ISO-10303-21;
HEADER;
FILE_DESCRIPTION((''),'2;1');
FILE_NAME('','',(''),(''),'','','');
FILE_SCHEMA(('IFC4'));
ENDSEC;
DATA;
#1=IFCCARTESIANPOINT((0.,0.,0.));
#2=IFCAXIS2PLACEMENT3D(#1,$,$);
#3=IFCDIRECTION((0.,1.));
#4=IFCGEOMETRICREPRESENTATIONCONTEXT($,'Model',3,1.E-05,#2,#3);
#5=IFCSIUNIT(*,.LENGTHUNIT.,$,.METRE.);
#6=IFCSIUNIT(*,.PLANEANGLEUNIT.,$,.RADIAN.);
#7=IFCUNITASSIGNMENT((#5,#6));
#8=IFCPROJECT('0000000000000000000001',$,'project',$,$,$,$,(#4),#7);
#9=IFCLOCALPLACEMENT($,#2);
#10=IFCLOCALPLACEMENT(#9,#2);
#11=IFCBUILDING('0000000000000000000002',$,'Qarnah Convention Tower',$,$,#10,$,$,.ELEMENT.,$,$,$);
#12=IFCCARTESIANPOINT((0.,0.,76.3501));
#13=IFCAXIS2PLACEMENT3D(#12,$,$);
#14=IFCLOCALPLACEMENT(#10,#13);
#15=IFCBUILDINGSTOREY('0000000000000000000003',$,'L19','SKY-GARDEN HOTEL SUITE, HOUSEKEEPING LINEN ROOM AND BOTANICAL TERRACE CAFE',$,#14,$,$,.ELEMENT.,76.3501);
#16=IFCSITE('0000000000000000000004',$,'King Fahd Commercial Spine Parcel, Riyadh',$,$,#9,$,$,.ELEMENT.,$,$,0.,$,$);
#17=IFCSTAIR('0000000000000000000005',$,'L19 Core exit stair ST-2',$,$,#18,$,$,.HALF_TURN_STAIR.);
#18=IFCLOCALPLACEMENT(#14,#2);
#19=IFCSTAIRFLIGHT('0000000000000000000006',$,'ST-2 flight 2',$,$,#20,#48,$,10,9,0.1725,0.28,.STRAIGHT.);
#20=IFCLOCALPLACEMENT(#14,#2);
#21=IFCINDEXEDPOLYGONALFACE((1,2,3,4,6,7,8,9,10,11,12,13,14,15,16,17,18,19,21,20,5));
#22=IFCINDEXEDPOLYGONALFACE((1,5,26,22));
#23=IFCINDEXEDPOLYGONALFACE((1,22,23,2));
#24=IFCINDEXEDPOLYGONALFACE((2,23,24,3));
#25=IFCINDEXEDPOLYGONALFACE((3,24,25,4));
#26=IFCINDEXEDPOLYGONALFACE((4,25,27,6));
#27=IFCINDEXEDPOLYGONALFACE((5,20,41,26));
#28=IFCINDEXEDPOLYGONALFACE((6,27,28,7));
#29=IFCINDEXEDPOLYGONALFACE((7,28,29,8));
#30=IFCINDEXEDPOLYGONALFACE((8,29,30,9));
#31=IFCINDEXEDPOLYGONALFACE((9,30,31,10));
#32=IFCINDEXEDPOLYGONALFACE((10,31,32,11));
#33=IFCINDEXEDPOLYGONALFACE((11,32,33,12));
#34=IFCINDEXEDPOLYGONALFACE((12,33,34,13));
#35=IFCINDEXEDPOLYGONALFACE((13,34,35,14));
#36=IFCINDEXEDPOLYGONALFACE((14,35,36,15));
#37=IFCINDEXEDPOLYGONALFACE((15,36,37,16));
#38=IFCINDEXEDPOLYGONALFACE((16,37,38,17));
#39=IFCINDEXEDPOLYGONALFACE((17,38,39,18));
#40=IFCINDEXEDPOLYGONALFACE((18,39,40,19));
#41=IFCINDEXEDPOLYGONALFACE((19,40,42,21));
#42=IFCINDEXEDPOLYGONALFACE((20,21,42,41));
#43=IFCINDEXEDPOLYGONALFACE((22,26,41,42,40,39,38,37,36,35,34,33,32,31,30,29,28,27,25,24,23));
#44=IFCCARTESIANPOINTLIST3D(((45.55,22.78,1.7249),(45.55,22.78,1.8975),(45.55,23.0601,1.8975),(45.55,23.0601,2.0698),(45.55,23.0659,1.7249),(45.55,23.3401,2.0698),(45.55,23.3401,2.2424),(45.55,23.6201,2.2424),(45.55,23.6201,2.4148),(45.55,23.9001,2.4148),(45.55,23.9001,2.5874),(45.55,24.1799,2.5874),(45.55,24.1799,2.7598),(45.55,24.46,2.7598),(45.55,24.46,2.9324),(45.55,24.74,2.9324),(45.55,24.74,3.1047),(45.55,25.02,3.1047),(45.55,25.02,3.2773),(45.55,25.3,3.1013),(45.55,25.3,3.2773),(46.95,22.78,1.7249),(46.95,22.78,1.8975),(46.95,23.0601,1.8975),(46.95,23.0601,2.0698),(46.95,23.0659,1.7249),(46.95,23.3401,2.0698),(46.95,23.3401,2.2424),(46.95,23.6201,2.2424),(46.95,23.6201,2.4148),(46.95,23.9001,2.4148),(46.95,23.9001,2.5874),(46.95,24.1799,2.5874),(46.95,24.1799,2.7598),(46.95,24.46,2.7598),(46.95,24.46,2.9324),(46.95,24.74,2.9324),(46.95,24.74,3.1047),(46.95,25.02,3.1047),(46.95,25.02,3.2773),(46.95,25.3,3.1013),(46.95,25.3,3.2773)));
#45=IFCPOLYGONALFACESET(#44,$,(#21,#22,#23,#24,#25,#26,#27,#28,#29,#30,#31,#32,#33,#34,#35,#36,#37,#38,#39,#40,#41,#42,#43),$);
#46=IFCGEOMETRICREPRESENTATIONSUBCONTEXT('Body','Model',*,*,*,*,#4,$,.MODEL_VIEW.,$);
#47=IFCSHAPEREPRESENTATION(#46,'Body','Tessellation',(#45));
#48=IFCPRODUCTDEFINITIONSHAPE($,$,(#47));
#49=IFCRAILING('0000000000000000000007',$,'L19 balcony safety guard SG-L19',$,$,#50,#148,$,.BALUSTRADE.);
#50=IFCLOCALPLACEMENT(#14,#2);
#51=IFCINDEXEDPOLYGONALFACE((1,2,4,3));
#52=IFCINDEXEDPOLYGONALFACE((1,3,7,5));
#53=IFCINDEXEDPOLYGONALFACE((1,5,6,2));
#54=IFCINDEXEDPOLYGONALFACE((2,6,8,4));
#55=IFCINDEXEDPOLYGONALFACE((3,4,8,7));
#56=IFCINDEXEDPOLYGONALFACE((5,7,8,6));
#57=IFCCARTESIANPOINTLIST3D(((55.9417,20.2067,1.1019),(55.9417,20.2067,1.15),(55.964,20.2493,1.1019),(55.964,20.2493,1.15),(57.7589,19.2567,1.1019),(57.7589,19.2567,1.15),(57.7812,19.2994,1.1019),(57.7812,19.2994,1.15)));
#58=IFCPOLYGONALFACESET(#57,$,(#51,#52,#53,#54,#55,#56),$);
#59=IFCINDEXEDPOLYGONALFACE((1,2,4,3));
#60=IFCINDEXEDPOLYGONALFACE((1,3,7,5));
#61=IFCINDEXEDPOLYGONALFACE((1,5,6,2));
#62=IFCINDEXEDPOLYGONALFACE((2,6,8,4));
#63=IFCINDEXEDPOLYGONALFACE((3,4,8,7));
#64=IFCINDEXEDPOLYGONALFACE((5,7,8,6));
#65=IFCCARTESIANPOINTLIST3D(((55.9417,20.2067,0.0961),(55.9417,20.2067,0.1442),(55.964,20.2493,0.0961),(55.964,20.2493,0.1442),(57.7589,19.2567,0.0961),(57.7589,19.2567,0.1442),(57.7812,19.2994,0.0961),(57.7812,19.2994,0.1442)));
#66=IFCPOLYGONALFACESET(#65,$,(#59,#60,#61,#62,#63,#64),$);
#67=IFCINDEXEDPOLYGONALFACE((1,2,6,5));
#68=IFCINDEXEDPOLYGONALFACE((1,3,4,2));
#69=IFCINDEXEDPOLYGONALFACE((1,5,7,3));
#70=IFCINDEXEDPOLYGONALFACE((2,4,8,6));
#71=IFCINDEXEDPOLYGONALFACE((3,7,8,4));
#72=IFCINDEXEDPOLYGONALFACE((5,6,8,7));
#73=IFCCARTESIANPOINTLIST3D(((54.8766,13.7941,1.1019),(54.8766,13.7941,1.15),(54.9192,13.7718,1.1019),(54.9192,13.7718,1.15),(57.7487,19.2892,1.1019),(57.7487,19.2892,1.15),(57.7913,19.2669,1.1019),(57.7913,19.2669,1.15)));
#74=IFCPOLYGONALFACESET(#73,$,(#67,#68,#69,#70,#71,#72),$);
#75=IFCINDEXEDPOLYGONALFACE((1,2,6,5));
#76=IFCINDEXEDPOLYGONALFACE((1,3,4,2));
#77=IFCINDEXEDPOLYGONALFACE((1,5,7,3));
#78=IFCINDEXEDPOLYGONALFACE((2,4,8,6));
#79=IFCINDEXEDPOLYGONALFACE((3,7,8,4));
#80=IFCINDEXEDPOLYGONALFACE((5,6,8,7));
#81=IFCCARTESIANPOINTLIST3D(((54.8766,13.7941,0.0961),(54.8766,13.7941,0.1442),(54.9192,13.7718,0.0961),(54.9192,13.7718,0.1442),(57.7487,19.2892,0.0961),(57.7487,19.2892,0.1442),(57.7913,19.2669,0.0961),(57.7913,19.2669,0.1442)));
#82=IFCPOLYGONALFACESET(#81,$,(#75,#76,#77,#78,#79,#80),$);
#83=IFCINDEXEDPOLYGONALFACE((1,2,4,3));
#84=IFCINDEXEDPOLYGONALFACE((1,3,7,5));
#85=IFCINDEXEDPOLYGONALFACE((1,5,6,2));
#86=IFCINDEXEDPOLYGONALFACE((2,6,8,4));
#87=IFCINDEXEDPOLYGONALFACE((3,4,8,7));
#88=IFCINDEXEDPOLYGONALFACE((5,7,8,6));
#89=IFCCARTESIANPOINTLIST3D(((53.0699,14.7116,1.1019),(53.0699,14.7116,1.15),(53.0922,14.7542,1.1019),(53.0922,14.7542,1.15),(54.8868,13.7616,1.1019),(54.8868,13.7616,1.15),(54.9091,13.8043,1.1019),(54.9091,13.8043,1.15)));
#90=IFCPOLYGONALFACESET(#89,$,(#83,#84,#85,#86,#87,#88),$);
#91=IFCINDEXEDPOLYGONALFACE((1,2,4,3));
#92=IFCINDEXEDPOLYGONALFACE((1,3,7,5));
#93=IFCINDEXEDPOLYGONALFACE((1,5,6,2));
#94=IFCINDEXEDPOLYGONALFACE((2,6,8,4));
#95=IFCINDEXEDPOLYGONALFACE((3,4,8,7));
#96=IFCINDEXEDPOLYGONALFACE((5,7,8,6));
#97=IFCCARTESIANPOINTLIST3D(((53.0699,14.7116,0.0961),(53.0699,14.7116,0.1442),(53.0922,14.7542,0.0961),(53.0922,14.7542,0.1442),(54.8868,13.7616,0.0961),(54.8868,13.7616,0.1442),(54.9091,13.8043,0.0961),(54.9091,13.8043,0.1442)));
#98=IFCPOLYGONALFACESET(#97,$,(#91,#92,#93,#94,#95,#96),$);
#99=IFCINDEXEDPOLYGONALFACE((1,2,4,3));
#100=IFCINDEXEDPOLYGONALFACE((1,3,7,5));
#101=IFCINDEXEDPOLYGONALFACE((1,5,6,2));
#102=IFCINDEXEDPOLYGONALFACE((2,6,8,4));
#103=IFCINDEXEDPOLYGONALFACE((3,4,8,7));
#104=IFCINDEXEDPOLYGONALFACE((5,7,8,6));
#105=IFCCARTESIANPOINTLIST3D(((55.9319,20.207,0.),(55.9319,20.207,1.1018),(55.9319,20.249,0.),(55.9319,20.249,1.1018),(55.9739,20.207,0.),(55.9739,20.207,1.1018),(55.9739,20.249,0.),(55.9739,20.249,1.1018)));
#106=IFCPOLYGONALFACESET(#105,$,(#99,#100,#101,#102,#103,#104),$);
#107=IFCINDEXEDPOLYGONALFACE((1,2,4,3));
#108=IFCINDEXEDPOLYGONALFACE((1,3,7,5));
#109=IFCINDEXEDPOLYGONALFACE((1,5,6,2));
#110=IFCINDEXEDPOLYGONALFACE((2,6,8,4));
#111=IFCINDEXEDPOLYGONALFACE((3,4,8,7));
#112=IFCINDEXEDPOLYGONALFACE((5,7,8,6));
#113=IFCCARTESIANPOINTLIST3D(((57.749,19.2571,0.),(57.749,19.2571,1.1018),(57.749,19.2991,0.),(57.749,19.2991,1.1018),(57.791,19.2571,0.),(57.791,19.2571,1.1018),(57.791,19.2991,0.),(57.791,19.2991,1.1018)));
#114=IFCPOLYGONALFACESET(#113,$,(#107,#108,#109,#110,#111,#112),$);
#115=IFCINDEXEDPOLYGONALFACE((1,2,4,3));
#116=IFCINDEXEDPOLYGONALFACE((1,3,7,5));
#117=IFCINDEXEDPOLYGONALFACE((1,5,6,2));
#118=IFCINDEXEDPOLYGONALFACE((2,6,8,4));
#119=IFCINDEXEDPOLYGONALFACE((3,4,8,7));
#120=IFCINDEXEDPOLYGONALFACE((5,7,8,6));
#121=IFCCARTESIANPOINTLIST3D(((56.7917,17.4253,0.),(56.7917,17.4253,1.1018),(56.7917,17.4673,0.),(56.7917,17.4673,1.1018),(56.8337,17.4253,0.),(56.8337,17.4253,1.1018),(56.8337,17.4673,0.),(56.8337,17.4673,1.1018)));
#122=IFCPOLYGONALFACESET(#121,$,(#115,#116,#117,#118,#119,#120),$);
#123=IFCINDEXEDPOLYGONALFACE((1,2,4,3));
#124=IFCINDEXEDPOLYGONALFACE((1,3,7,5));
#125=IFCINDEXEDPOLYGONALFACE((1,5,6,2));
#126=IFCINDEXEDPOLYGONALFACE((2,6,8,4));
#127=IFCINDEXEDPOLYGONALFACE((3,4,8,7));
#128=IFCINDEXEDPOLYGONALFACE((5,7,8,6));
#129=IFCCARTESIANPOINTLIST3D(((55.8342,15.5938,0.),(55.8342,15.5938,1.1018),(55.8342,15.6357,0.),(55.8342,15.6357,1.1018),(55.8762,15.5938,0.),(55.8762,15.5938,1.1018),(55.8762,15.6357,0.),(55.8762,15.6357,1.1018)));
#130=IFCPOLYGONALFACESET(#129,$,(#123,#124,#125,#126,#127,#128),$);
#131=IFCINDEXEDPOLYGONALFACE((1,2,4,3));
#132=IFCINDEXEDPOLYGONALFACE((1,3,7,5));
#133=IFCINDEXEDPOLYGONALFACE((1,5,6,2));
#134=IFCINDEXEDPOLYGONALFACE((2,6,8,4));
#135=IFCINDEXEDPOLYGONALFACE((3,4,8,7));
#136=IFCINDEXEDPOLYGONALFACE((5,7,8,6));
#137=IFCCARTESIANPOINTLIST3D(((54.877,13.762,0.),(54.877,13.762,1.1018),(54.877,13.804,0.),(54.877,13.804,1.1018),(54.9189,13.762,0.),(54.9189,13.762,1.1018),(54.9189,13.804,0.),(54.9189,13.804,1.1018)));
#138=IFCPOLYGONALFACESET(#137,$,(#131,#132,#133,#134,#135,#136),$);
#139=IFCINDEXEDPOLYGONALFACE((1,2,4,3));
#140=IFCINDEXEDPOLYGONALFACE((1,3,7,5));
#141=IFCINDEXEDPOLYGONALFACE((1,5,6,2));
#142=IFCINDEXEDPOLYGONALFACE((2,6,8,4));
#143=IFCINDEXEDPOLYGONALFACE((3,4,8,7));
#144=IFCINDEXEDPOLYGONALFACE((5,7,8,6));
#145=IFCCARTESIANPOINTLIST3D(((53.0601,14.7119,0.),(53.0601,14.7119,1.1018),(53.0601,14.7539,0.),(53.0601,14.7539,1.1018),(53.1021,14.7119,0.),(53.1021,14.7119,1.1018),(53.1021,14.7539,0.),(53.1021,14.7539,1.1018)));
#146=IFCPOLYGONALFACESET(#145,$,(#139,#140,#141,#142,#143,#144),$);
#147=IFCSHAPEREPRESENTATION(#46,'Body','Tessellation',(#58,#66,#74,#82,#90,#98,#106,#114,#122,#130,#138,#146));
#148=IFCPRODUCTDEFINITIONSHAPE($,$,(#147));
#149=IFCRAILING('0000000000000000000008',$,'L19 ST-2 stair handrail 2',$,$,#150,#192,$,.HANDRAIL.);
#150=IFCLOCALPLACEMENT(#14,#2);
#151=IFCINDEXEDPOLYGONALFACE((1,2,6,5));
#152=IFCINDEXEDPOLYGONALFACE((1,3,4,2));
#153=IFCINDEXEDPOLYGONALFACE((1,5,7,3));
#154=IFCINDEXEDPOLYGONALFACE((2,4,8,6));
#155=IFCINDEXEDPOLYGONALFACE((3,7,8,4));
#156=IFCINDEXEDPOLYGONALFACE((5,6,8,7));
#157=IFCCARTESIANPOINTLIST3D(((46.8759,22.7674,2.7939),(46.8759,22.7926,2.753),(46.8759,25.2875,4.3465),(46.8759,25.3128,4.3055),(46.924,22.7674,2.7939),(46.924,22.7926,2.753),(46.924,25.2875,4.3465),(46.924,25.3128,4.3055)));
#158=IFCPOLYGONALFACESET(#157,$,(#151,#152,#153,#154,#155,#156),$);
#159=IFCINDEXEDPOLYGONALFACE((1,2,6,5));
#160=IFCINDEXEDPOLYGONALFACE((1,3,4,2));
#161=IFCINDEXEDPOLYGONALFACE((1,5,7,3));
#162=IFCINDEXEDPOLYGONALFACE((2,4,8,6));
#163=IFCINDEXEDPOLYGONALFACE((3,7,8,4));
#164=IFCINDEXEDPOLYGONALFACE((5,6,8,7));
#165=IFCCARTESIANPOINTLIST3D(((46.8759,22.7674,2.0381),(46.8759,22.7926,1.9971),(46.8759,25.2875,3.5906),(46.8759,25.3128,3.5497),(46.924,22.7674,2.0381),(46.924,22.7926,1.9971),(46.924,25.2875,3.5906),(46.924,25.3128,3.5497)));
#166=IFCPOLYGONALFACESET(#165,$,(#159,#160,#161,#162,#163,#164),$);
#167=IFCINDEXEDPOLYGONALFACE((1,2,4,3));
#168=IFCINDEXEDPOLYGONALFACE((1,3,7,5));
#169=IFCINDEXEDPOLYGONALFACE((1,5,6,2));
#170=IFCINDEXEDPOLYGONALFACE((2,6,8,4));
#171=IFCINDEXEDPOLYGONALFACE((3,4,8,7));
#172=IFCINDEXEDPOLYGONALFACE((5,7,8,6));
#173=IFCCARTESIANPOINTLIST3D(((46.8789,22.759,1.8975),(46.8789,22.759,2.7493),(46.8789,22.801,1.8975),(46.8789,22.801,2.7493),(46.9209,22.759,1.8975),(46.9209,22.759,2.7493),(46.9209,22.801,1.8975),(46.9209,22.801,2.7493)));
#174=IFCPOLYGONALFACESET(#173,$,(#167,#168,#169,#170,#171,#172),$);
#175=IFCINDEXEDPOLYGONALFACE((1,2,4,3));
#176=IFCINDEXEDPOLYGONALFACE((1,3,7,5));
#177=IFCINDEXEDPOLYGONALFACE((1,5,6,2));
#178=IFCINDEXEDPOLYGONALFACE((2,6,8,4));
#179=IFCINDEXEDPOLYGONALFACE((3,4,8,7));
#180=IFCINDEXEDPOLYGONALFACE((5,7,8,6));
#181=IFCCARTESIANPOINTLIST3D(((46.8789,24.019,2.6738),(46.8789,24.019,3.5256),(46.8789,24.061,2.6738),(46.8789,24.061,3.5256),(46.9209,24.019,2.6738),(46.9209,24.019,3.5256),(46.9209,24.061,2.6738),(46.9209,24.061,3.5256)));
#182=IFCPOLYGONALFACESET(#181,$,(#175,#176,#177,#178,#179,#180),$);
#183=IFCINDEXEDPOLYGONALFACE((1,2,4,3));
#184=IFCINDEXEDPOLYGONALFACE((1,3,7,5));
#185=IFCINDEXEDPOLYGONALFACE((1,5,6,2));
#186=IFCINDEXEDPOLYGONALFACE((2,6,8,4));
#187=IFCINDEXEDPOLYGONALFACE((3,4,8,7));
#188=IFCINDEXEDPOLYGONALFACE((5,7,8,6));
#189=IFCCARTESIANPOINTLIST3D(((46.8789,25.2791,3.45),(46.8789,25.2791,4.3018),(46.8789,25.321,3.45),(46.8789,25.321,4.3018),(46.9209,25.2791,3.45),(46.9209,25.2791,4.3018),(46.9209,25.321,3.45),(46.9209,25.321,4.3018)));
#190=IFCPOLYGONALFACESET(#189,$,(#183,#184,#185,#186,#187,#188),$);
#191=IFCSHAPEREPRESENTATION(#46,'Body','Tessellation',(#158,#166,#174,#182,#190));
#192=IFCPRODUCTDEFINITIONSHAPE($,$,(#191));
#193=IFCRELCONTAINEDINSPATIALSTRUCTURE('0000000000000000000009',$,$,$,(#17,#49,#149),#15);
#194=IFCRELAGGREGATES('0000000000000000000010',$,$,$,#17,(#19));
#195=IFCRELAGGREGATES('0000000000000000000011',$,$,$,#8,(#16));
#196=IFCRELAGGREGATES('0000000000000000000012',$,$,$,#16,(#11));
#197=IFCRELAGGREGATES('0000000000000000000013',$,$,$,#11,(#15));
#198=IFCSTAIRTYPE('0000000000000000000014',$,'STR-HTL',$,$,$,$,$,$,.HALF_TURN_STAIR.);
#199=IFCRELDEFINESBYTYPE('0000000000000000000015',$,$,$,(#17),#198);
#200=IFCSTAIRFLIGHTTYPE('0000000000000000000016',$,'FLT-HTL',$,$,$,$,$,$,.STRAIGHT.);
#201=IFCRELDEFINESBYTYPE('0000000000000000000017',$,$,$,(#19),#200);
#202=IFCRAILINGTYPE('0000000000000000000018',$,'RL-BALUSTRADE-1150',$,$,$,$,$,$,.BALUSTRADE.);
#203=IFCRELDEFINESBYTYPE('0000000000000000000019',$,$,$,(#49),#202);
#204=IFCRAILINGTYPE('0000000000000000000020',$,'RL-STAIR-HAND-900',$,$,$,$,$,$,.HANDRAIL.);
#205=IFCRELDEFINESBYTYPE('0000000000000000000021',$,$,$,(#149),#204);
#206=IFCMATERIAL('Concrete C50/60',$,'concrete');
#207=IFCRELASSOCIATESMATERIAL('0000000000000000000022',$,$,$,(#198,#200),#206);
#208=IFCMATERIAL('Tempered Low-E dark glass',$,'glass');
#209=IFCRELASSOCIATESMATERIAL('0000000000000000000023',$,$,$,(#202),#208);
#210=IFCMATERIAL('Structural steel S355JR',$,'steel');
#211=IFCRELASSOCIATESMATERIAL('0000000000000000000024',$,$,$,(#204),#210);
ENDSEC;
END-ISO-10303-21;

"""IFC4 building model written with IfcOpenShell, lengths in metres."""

from ifc_helpers import new_model, si_unit, direction, frame, origin, origin_2d, place, context, subcontext, project, spatial, polyline, rectangle, outline, extrude, material, type_object, element, aggregate, save


model = new_model("IFC4")

# Units and contexts
model_context = context("Model", 3, precision=1e-05, world=origin(), true_north=direction((0.0, 1.0)))
body_context = subcontext(model_context, "Body", "Model", "MODEL_VIEW")
ifc_project = project(units=[si_unit("LENGTHUNIT", "METRE"), si_unit("PLANEANGLEUNIT", "RADIAN")], contexts=[model_context])

# Site, building, storey
site_placement = place(None, origin())
site = spatial("IfcSite", under=ifc_project, at=site_placement, Name="King Fahd Commercial Spine Parcel, Riyadh", CompositionType="ELEMENT", RefElevation=0.0)
building_placement = place(site_placement, origin())
building = spatial("IfcBuilding", under=site, at=building_placement, Name="Qarnah Convention Tower", CompositionType="ELEMENT")
storey_placement = place(building_placement, frame((0.0, 0.0, 76.3501)))
storey = spatial("IfcBuildingStorey", under=building, at=storey_placement, Name="L19", Description="SKY-GARDEN HOTEL SUITE, HOUSEKEEPING LINEN ROOM AND BOTANICAL TERRACE CAFE", CompositionType="ELEMENT", Elevation=76.3501)

# Shared definitions
ifc_material_1 = material(Name="Structural steel S355JR", Category="steel")

# Shared definitions
ifc_material_2 = material(Name="Tempered Low-E dark glass", Category="glass")

# Stair, stair flight
ifc_material_3 = material(Name="Concrete C50/60", Category="concrete")
stair_type = type_object("IfcStairType", Name="STR-HTL", PredefinedType="HALF_TURN_STAIR", material=ifc_material_3)
stair_placement = place(storey_placement, origin())
stair = element("IfcStair", 1, at=stair_placement, inside=storey, type_object=stair_type, Name="L19 Core exit stair ST-2", PredefinedType="HALF_TURN_STAIR")
stair_flight_type = type_object("IfcStairFlightType", Name="FLT-HTL", PredefinedType="STRAIGHT", material=ifc_material_3)
stair_flight_placement = place(storey_placement, frame((46.25, 22.78, 1.7249), z_axis=(0.0, 0.0, 1.0), x_axis=(0.0, 1.0, 0.0)))
stair_flight = element("IfcStairFlight", 2, at=stair_flight_placement, type_object=stair_flight_type, Name="ST-2 flight 2", NumberOfRisers=10, NumberOfTreads=9, PredefinedType="STRAIGHT", RiserHeight=0.1725, TreadLength=0.28, context=body_context, shape_type="SweptSolid", body=[
    extrude(outline(polyline([(0.0, 0.0), (0.0, 0.1726), (0.28, 0.1726), (0.28, 0.345), (0.5601, 0.345), (0.5601, 0.5176), (0.8401, 0.5176), (0.8401, 0.6899), (1.1201, 0.6899), (1.1201, 0.8625), (1.3999, 0.8625), (1.3999, 1.0349), (1.6799, 1.0349), (1.6799, 1.2075), (1.96, 1.2075), (1.96, 1.3799), (2.24, 1.3799), (2.24, 1.5525), (2.52, 1.5525), (2.52, 1.7251), (2.52, 1.3765), (0.2859, 0.0), (0.0, 0.0)])), frame((0.0, 0.7, 0.0), z_axis=(0.0, -1.0, 0.0), x_axis=(1.0, 0.0, 0.0)), (0.0, 0.0, 1.0), 1.3999),
])
aggregate(stair, [stair_flight])

# Railings
railing_type_1 = type_object("IfcRailingType", Name="RL-BALUSTRADE-1150", PredefinedType="BALUSTRADE", material=ifc_material_2)
railing_1_placement = place(storey_placement, frame((55.9529, 20.228, 0.0)))
element("IfcRailing", 3, at=railing_1_placement, inside=storey, type_object=railing_type_1, Name="L19 balcony safety guard SG-L19", PredefinedType="BALUSTRADE", context=body_context, shape_type="SweptSolid", body=[
    extrude(rectangle(XDim=0.0481, YDim=0.0481, at=origin_2d()), frame((0.0, 0.0, 1.126), z_axis=(0.886209, -0.463286, 0.0), x_axis=(0.463286, 0.886209, 0.0)), (0.0, 0.0, 1.0), 2.0505),
    extrude(rectangle(XDim=0.0481, YDim=0.0481, at=origin_2d()), frame((0.0, 0.0, 0.1201), z_axis=(0.886209, -0.463286, 0.0), x_axis=(0.463286, 0.886209, 0.0)), (0.0, 0.0, 1.0), 2.0505),
    extrude(rectangle(XDim=0.0481, YDim=0.0481, at=origin_2d()), frame((1.8171, -0.95, 1.126), z_axis=(-0.463206, -0.88625, 0.0), x_axis=(0.88625, -0.463206, 0.0)), (0.0, 0.0, 1.0), 6.2004),
    extrude(rectangle(XDim=0.0481, YDim=0.0481, at=origin_2d()), frame((1.8171, -0.95, 0.1201), z_axis=(-0.463206, -0.88625, 0.0), x_axis=(0.88625, -0.463206, 0.0)), (0.0, 0.0, 1.0), 6.2004),
    extrude(rectangle(XDim=0.0481, YDim=0.0481, at=origin_2d()), frame((-1.0549, -6.4451, 1.126), z_axis=(-0.886183, 0.463335, 0.0), x_axis=(-0.463335, -0.886183, 0.0)), (0.0, 0.0, 1.0), 2.0503),
    extrude(rectangle(XDim=0.0481, YDim=0.0481, at=origin_2d()), frame((-1.0549, -6.4451, 0.1201), z_axis=(-0.886183, 0.463335, 0.0), x_axis=(-0.463335, -0.886183, 0.0)), (0.0, 0.0, 1.0), 2.0503),
    extrude(rectangle(XDim=0.042, YDim=0.042, at=origin_2d()), origin(), (0.0, 0.0, 1.0), 1.1018),
    extrude(rectangle(XDim=0.042, YDim=0.042, at=origin_2d()), frame((1.8171, -0.95, 0.0)), (0.0, 0.0, 1.0), 1.1018),
    extrude(rectangle(XDim=0.042, YDim=0.042, at=origin_2d()), frame((0.8599, -2.7817, 0.0)), (0.0, 0.0, 1.0), 1.1018),
    extrude(rectangle(XDim=0.042, YDim=0.042, at=origin_2d()), frame((-0.0977, -4.6133, 0.0)), (0.0, 0.0, 1.0), 1.1018),
    extrude(rectangle(XDim=0.042, YDim=0.042, at=origin_2d()), frame((-1.0549, -6.4451, 0.0)), (0.0, 0.0, 1.0), 1.1018),
    extrude(rectangle(XDim=0.042, YDim=0.042, at=origin_2d()), frame((-2.8718, -5.4951, 0.0)), (0.0, 0.0, 1.0), 1.1018),
])
railing_type_2 = type_object("IfcRailingType", Name="RL-STAIR-HAND-900", PredefinedType="HANDRAIL", material=ifc_material_1)
railing_2_placement = place(storey_placement, frame((46.8999, 22.78, 1.8975)))
element("IfcRailing", 4, at=railing_2_placement, inside=storey, type_object=railing_type_2, Name="L19 ST-2 stair handrail 2", PredefinedType="HANDRAIL", context=body_context, shape_type="SweptSolid", body=[
    extrude(rectangle(XDim=0.0481, YDim=0.0481, at=origin_2d()), frame((0.0, 0.0, 0.876), z_axis=(0.0, 0.8514, 0.524516), x_axis=(-1.0, 0.0, 0.0)), (0.0, 0.0, 1.0), 2.96),
    extrude(rectangle(XDim=0.0481, YDim=0.0481, at=origin_2d()), frame((0.0, 0.0, 0.1201), z_axis=(0.0, 0.8514, 0.524516), x_axis=(-1.0, 0.0, 0.0)), (0.0, 0.0, 1.0), 2.96),
    extrude(rectangle(XDim=0.042, YDim=0.042, at=origin_2d()), origin(), (0.0, 0.0, 1.0), 0.8518),
    extrude(rectangle(XDim=0.042, YDim=0.042, at=origin_2d()), frame((0.0, 1.26, 0.7764)), (0.0, 0.0, 1.0), 0.8518),
    extrude(rectangle(XDim=0.042, YDim=0.042, at=origin_2d()), frame((0.0, 2.52, 1.5525)), (0.0, 0.0, 1.0), 0.8518),
])

save(model, "model.ifc")
